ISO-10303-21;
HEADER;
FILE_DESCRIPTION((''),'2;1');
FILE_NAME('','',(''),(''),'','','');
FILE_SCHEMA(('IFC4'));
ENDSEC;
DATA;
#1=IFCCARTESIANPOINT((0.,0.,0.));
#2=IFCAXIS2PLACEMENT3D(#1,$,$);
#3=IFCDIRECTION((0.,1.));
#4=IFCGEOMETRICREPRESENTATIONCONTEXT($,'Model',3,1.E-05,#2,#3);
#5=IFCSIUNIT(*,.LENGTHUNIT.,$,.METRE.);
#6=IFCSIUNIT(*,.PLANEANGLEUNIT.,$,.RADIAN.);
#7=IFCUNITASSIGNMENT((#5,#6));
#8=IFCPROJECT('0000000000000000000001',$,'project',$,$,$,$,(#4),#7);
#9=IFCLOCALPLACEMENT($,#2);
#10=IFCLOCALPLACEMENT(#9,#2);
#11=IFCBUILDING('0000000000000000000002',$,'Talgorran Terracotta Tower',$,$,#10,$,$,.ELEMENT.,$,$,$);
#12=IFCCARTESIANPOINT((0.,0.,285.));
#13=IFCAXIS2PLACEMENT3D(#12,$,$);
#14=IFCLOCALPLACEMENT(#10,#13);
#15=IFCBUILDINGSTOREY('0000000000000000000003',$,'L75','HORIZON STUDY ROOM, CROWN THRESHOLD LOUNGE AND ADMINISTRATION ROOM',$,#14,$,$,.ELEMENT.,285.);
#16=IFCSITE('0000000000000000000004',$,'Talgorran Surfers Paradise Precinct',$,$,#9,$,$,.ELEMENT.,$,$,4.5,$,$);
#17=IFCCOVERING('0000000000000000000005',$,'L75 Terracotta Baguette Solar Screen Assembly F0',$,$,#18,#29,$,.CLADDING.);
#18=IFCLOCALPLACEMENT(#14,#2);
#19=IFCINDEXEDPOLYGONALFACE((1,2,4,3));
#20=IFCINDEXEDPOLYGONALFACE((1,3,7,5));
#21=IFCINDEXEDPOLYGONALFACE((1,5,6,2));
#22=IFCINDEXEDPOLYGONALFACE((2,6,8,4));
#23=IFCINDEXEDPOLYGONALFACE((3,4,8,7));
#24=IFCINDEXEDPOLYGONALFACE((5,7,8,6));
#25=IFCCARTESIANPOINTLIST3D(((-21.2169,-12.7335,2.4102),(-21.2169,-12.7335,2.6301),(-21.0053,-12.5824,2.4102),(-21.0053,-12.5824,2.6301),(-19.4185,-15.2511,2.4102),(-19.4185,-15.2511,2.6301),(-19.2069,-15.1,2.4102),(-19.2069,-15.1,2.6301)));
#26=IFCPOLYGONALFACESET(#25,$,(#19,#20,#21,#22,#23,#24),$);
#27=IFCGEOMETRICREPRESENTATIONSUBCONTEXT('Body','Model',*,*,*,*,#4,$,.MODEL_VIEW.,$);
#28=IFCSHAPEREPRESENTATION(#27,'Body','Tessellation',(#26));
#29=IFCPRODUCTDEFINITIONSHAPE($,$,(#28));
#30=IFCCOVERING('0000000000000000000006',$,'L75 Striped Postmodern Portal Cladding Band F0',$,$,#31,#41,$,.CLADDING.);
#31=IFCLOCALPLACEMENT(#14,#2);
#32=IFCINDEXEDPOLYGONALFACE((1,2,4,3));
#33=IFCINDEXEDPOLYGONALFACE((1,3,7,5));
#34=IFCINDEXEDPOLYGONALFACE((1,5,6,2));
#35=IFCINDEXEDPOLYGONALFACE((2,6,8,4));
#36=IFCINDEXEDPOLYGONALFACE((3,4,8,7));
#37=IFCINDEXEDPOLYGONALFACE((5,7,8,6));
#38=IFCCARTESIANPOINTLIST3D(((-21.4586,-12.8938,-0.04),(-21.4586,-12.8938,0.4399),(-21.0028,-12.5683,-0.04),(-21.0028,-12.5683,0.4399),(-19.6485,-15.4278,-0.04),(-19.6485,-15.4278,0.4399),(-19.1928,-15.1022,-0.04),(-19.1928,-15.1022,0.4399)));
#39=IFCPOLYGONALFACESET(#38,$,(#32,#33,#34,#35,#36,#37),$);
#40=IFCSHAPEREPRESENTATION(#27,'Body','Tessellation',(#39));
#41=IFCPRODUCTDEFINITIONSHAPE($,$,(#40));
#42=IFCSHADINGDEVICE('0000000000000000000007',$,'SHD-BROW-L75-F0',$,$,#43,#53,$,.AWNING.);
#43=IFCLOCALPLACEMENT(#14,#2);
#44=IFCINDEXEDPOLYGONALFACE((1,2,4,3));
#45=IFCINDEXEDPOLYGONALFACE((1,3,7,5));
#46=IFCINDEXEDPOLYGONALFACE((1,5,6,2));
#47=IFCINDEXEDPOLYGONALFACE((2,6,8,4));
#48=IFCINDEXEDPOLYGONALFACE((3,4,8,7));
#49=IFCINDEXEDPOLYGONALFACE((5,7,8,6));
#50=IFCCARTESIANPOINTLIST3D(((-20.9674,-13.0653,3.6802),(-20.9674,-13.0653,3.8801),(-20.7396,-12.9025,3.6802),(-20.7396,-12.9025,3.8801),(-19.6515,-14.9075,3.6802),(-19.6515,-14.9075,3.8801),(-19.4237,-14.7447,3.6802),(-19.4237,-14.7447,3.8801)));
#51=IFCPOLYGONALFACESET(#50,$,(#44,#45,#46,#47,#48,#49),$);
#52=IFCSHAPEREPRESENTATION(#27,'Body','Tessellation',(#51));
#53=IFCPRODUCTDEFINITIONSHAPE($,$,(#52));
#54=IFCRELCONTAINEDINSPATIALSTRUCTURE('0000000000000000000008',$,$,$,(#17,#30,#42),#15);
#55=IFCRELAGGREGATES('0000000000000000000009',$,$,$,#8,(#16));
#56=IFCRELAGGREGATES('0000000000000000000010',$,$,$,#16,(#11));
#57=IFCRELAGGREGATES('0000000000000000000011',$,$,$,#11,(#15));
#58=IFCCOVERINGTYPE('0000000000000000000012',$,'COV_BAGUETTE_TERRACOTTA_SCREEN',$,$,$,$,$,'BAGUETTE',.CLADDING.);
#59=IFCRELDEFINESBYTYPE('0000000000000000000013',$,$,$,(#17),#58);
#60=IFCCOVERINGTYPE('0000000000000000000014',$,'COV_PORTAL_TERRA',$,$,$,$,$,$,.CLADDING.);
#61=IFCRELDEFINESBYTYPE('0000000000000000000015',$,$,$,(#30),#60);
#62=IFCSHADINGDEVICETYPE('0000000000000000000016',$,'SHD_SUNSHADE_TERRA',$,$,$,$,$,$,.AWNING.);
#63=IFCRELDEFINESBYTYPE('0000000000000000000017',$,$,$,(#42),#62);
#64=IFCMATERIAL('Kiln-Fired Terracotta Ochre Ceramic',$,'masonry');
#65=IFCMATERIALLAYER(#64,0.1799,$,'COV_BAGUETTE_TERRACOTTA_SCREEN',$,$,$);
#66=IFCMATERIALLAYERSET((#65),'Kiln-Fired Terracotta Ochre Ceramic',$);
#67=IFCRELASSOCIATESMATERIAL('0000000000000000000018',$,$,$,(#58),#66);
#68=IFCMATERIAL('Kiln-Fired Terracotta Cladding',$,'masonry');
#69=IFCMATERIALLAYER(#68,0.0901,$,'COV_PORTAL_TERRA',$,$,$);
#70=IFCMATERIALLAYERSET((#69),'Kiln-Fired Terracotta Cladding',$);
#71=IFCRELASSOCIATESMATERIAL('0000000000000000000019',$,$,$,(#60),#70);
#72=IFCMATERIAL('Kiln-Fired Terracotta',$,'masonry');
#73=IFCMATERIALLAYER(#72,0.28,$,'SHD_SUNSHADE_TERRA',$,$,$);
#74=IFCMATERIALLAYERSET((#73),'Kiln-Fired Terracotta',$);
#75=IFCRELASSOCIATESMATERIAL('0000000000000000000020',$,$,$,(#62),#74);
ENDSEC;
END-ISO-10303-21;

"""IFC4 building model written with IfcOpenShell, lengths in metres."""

from ifc_helpers import new_model, si_unit, direction, frame, origin, origin_2d, place, context, subcontext, project, spatial, rectangle, extrude, source, transform, mapped, material, layer, layer_set, type_object, type_shapes, element, save


model = new_model("IFC4")

# Units and contexts
model_context = context("Model", 3, precision=1e-05, world=origin(), true_north=direction((0.0, 1.0)))
body_context = subcontext(model_context, "Body", "Model", "MODEL_VIEW")
ifc_project = project(units=[si_unit("LENGTHUNIT", "METRE"), si_unit("PLANEANGLEUNIT", "RADIAN")], contexts=[model_context])

# Site, building, storey
site_placement = place(None, origin())
site = spatial("IfcSite", under=ifc_project, at=site_placement, Name="Talgorran Surfers Paradise Precinct", CompositionType="ELEMENT", RefElevation=4.5)
building_placement = place(site_placement, origin())
building = spatial("IfcBuilding", under=site, at=building_placement, Name="Talgorran Terracotta Tower", CompositionType="ELEMENT")
storey_placement = place(building_placement, frame((0.0, 0.0, 285.0)))
storey = spatial("IfcBuildingStorey", under=building, at=storey_placement, Name="L75", Description="HORIZON STUDY ROOM, CROWN THRESHOLD LOUNGE AND ADMINISTRATION ROOM", CompositionType="ELEMENT", Elevation=285.0)

# Coverings
ifc_material_1 = material(Name="Kiln-Fired Terracotta Ochre Ceramic", Category="masonry")
ifc_layer_1 = layer(ifc_material_1, 0.1799, Name="COV_BAGUETTE_TERRACOTTA_SCREEN")
ifc_layer_set_1 = layer_set([ifc_layer_1], Name="Kiln-Fired Terracotta Ochre Ceramic")
covering_type_1 = type_object("IfcCoveringType", Name="COV_BAGUETTE_TERRACOTTA_SCREEN", ElementType="BAGUETTE", PredefinedType="CLADDING", material=ifc_layer_set_1)
covering_1_placement = place(storey_placement, frame((-20.2119, -13.9167, 2.4102), z_axis=(0.0, 0.0, 1.0), x_axis=(0.581257, -0.81372, 0.0)))
element("IfcCovering", 1, at=covering_1_placement, inside=storey, type_object=covering_type_1, Name="L75 Terracotta Baguette Solar Screen Assembly F0", PredefinedType="CLADDING", context=body_context, shape_type="SweptSolid", body=[
    extrude(rectangle(XDim=3.094, YDim=0.26, at=origin_2d()), origin(), (0.0, 0.0, 1.0), 0.22),
])
ifc_material_2 = material(Name="Kiln-Fired Terracotta Cladding", Category="masonry")
ifc_layer_2 = layer(ifc_material_2, 0.0901, Name="COV_PORTAL_TERRA")
ifc_layer_set_2 = layer_set([ifc_layer_2], Name="Kiln-Fired Terracotta Cladding")
covering_type_2 = type_object("IfcCoveringType", Name="COV_PORTAL_TERRA", PredefinedType="CLADDING", material=ifc_layer_set_2)
covering_2_placement = place(storey_placement, frame((-20.3257, -13.998, -0.04), z_axis=(0.0, 0.0, 1.0), x_axis=(0.581257, -0.81372, 0.0)))
element("IfcCovering", 2, at=covering_2_placement, inside=storey, type_object=covering_type_2, Name="L75 Striped Postmodern Portal Cladding Band F0", PredefinedType="CLADDING", context=body_context, shape_type="SweptSolid", body=[
    extrude(rectangle(XDim=3.114, YDim=0.5601, at=origin_2d()), origin(), (0.0, 0.0, 1.0), 0.48),
])

# Shading device
ifc_material_3 = material(Name="Kiln-Fired Terracotta", Category="masonry")
ifc_layer_3 = layer(ifc_material_3, 0.28, Name="SHD_SUNSHADE_TERRA")
ifc_layer_set_3 = layer_set([ifc_layer_3], Name="Kiln-Fired Terracotta")
shading_device_type = type_object("IfcShadingDeviceType", Name="SHD_SUNSHADE_TERRA", PredefinedType="AWNING", material=ifc_layer_set_3)
shared_shape_1 = source(origin(), body_context, "Body", "SweptSolid", [
    extrude(rectangle(XDim=2.2639, YDim=0.28, at=origin_2d()), origin(), (0.0, 0.0, 1.0), 0.2),
])
type_shapes(shading_device_type, [shared_shape_1])
shading_device_placement = place(storey_placement, frame((-20.1956, -13.905, 3.6802), z_axis=(0.0, 0.0, 1.0), x_axis=(0.581257, -0.81372, 0.0)))
element("IfcShadingDevice", 3, at=shading_device_placement, inside=storey, type_object=shading_device_type, Name="SHD-BROW-L75-F0", PredefinedType="AWNING", context=body_context, shape_type="MappedRepresentation", body=[
    mapped(shared_shape_1, transform((0.0, 0.0, 0.0), scale=1.0)),
])

save(model, "model.ifc")
